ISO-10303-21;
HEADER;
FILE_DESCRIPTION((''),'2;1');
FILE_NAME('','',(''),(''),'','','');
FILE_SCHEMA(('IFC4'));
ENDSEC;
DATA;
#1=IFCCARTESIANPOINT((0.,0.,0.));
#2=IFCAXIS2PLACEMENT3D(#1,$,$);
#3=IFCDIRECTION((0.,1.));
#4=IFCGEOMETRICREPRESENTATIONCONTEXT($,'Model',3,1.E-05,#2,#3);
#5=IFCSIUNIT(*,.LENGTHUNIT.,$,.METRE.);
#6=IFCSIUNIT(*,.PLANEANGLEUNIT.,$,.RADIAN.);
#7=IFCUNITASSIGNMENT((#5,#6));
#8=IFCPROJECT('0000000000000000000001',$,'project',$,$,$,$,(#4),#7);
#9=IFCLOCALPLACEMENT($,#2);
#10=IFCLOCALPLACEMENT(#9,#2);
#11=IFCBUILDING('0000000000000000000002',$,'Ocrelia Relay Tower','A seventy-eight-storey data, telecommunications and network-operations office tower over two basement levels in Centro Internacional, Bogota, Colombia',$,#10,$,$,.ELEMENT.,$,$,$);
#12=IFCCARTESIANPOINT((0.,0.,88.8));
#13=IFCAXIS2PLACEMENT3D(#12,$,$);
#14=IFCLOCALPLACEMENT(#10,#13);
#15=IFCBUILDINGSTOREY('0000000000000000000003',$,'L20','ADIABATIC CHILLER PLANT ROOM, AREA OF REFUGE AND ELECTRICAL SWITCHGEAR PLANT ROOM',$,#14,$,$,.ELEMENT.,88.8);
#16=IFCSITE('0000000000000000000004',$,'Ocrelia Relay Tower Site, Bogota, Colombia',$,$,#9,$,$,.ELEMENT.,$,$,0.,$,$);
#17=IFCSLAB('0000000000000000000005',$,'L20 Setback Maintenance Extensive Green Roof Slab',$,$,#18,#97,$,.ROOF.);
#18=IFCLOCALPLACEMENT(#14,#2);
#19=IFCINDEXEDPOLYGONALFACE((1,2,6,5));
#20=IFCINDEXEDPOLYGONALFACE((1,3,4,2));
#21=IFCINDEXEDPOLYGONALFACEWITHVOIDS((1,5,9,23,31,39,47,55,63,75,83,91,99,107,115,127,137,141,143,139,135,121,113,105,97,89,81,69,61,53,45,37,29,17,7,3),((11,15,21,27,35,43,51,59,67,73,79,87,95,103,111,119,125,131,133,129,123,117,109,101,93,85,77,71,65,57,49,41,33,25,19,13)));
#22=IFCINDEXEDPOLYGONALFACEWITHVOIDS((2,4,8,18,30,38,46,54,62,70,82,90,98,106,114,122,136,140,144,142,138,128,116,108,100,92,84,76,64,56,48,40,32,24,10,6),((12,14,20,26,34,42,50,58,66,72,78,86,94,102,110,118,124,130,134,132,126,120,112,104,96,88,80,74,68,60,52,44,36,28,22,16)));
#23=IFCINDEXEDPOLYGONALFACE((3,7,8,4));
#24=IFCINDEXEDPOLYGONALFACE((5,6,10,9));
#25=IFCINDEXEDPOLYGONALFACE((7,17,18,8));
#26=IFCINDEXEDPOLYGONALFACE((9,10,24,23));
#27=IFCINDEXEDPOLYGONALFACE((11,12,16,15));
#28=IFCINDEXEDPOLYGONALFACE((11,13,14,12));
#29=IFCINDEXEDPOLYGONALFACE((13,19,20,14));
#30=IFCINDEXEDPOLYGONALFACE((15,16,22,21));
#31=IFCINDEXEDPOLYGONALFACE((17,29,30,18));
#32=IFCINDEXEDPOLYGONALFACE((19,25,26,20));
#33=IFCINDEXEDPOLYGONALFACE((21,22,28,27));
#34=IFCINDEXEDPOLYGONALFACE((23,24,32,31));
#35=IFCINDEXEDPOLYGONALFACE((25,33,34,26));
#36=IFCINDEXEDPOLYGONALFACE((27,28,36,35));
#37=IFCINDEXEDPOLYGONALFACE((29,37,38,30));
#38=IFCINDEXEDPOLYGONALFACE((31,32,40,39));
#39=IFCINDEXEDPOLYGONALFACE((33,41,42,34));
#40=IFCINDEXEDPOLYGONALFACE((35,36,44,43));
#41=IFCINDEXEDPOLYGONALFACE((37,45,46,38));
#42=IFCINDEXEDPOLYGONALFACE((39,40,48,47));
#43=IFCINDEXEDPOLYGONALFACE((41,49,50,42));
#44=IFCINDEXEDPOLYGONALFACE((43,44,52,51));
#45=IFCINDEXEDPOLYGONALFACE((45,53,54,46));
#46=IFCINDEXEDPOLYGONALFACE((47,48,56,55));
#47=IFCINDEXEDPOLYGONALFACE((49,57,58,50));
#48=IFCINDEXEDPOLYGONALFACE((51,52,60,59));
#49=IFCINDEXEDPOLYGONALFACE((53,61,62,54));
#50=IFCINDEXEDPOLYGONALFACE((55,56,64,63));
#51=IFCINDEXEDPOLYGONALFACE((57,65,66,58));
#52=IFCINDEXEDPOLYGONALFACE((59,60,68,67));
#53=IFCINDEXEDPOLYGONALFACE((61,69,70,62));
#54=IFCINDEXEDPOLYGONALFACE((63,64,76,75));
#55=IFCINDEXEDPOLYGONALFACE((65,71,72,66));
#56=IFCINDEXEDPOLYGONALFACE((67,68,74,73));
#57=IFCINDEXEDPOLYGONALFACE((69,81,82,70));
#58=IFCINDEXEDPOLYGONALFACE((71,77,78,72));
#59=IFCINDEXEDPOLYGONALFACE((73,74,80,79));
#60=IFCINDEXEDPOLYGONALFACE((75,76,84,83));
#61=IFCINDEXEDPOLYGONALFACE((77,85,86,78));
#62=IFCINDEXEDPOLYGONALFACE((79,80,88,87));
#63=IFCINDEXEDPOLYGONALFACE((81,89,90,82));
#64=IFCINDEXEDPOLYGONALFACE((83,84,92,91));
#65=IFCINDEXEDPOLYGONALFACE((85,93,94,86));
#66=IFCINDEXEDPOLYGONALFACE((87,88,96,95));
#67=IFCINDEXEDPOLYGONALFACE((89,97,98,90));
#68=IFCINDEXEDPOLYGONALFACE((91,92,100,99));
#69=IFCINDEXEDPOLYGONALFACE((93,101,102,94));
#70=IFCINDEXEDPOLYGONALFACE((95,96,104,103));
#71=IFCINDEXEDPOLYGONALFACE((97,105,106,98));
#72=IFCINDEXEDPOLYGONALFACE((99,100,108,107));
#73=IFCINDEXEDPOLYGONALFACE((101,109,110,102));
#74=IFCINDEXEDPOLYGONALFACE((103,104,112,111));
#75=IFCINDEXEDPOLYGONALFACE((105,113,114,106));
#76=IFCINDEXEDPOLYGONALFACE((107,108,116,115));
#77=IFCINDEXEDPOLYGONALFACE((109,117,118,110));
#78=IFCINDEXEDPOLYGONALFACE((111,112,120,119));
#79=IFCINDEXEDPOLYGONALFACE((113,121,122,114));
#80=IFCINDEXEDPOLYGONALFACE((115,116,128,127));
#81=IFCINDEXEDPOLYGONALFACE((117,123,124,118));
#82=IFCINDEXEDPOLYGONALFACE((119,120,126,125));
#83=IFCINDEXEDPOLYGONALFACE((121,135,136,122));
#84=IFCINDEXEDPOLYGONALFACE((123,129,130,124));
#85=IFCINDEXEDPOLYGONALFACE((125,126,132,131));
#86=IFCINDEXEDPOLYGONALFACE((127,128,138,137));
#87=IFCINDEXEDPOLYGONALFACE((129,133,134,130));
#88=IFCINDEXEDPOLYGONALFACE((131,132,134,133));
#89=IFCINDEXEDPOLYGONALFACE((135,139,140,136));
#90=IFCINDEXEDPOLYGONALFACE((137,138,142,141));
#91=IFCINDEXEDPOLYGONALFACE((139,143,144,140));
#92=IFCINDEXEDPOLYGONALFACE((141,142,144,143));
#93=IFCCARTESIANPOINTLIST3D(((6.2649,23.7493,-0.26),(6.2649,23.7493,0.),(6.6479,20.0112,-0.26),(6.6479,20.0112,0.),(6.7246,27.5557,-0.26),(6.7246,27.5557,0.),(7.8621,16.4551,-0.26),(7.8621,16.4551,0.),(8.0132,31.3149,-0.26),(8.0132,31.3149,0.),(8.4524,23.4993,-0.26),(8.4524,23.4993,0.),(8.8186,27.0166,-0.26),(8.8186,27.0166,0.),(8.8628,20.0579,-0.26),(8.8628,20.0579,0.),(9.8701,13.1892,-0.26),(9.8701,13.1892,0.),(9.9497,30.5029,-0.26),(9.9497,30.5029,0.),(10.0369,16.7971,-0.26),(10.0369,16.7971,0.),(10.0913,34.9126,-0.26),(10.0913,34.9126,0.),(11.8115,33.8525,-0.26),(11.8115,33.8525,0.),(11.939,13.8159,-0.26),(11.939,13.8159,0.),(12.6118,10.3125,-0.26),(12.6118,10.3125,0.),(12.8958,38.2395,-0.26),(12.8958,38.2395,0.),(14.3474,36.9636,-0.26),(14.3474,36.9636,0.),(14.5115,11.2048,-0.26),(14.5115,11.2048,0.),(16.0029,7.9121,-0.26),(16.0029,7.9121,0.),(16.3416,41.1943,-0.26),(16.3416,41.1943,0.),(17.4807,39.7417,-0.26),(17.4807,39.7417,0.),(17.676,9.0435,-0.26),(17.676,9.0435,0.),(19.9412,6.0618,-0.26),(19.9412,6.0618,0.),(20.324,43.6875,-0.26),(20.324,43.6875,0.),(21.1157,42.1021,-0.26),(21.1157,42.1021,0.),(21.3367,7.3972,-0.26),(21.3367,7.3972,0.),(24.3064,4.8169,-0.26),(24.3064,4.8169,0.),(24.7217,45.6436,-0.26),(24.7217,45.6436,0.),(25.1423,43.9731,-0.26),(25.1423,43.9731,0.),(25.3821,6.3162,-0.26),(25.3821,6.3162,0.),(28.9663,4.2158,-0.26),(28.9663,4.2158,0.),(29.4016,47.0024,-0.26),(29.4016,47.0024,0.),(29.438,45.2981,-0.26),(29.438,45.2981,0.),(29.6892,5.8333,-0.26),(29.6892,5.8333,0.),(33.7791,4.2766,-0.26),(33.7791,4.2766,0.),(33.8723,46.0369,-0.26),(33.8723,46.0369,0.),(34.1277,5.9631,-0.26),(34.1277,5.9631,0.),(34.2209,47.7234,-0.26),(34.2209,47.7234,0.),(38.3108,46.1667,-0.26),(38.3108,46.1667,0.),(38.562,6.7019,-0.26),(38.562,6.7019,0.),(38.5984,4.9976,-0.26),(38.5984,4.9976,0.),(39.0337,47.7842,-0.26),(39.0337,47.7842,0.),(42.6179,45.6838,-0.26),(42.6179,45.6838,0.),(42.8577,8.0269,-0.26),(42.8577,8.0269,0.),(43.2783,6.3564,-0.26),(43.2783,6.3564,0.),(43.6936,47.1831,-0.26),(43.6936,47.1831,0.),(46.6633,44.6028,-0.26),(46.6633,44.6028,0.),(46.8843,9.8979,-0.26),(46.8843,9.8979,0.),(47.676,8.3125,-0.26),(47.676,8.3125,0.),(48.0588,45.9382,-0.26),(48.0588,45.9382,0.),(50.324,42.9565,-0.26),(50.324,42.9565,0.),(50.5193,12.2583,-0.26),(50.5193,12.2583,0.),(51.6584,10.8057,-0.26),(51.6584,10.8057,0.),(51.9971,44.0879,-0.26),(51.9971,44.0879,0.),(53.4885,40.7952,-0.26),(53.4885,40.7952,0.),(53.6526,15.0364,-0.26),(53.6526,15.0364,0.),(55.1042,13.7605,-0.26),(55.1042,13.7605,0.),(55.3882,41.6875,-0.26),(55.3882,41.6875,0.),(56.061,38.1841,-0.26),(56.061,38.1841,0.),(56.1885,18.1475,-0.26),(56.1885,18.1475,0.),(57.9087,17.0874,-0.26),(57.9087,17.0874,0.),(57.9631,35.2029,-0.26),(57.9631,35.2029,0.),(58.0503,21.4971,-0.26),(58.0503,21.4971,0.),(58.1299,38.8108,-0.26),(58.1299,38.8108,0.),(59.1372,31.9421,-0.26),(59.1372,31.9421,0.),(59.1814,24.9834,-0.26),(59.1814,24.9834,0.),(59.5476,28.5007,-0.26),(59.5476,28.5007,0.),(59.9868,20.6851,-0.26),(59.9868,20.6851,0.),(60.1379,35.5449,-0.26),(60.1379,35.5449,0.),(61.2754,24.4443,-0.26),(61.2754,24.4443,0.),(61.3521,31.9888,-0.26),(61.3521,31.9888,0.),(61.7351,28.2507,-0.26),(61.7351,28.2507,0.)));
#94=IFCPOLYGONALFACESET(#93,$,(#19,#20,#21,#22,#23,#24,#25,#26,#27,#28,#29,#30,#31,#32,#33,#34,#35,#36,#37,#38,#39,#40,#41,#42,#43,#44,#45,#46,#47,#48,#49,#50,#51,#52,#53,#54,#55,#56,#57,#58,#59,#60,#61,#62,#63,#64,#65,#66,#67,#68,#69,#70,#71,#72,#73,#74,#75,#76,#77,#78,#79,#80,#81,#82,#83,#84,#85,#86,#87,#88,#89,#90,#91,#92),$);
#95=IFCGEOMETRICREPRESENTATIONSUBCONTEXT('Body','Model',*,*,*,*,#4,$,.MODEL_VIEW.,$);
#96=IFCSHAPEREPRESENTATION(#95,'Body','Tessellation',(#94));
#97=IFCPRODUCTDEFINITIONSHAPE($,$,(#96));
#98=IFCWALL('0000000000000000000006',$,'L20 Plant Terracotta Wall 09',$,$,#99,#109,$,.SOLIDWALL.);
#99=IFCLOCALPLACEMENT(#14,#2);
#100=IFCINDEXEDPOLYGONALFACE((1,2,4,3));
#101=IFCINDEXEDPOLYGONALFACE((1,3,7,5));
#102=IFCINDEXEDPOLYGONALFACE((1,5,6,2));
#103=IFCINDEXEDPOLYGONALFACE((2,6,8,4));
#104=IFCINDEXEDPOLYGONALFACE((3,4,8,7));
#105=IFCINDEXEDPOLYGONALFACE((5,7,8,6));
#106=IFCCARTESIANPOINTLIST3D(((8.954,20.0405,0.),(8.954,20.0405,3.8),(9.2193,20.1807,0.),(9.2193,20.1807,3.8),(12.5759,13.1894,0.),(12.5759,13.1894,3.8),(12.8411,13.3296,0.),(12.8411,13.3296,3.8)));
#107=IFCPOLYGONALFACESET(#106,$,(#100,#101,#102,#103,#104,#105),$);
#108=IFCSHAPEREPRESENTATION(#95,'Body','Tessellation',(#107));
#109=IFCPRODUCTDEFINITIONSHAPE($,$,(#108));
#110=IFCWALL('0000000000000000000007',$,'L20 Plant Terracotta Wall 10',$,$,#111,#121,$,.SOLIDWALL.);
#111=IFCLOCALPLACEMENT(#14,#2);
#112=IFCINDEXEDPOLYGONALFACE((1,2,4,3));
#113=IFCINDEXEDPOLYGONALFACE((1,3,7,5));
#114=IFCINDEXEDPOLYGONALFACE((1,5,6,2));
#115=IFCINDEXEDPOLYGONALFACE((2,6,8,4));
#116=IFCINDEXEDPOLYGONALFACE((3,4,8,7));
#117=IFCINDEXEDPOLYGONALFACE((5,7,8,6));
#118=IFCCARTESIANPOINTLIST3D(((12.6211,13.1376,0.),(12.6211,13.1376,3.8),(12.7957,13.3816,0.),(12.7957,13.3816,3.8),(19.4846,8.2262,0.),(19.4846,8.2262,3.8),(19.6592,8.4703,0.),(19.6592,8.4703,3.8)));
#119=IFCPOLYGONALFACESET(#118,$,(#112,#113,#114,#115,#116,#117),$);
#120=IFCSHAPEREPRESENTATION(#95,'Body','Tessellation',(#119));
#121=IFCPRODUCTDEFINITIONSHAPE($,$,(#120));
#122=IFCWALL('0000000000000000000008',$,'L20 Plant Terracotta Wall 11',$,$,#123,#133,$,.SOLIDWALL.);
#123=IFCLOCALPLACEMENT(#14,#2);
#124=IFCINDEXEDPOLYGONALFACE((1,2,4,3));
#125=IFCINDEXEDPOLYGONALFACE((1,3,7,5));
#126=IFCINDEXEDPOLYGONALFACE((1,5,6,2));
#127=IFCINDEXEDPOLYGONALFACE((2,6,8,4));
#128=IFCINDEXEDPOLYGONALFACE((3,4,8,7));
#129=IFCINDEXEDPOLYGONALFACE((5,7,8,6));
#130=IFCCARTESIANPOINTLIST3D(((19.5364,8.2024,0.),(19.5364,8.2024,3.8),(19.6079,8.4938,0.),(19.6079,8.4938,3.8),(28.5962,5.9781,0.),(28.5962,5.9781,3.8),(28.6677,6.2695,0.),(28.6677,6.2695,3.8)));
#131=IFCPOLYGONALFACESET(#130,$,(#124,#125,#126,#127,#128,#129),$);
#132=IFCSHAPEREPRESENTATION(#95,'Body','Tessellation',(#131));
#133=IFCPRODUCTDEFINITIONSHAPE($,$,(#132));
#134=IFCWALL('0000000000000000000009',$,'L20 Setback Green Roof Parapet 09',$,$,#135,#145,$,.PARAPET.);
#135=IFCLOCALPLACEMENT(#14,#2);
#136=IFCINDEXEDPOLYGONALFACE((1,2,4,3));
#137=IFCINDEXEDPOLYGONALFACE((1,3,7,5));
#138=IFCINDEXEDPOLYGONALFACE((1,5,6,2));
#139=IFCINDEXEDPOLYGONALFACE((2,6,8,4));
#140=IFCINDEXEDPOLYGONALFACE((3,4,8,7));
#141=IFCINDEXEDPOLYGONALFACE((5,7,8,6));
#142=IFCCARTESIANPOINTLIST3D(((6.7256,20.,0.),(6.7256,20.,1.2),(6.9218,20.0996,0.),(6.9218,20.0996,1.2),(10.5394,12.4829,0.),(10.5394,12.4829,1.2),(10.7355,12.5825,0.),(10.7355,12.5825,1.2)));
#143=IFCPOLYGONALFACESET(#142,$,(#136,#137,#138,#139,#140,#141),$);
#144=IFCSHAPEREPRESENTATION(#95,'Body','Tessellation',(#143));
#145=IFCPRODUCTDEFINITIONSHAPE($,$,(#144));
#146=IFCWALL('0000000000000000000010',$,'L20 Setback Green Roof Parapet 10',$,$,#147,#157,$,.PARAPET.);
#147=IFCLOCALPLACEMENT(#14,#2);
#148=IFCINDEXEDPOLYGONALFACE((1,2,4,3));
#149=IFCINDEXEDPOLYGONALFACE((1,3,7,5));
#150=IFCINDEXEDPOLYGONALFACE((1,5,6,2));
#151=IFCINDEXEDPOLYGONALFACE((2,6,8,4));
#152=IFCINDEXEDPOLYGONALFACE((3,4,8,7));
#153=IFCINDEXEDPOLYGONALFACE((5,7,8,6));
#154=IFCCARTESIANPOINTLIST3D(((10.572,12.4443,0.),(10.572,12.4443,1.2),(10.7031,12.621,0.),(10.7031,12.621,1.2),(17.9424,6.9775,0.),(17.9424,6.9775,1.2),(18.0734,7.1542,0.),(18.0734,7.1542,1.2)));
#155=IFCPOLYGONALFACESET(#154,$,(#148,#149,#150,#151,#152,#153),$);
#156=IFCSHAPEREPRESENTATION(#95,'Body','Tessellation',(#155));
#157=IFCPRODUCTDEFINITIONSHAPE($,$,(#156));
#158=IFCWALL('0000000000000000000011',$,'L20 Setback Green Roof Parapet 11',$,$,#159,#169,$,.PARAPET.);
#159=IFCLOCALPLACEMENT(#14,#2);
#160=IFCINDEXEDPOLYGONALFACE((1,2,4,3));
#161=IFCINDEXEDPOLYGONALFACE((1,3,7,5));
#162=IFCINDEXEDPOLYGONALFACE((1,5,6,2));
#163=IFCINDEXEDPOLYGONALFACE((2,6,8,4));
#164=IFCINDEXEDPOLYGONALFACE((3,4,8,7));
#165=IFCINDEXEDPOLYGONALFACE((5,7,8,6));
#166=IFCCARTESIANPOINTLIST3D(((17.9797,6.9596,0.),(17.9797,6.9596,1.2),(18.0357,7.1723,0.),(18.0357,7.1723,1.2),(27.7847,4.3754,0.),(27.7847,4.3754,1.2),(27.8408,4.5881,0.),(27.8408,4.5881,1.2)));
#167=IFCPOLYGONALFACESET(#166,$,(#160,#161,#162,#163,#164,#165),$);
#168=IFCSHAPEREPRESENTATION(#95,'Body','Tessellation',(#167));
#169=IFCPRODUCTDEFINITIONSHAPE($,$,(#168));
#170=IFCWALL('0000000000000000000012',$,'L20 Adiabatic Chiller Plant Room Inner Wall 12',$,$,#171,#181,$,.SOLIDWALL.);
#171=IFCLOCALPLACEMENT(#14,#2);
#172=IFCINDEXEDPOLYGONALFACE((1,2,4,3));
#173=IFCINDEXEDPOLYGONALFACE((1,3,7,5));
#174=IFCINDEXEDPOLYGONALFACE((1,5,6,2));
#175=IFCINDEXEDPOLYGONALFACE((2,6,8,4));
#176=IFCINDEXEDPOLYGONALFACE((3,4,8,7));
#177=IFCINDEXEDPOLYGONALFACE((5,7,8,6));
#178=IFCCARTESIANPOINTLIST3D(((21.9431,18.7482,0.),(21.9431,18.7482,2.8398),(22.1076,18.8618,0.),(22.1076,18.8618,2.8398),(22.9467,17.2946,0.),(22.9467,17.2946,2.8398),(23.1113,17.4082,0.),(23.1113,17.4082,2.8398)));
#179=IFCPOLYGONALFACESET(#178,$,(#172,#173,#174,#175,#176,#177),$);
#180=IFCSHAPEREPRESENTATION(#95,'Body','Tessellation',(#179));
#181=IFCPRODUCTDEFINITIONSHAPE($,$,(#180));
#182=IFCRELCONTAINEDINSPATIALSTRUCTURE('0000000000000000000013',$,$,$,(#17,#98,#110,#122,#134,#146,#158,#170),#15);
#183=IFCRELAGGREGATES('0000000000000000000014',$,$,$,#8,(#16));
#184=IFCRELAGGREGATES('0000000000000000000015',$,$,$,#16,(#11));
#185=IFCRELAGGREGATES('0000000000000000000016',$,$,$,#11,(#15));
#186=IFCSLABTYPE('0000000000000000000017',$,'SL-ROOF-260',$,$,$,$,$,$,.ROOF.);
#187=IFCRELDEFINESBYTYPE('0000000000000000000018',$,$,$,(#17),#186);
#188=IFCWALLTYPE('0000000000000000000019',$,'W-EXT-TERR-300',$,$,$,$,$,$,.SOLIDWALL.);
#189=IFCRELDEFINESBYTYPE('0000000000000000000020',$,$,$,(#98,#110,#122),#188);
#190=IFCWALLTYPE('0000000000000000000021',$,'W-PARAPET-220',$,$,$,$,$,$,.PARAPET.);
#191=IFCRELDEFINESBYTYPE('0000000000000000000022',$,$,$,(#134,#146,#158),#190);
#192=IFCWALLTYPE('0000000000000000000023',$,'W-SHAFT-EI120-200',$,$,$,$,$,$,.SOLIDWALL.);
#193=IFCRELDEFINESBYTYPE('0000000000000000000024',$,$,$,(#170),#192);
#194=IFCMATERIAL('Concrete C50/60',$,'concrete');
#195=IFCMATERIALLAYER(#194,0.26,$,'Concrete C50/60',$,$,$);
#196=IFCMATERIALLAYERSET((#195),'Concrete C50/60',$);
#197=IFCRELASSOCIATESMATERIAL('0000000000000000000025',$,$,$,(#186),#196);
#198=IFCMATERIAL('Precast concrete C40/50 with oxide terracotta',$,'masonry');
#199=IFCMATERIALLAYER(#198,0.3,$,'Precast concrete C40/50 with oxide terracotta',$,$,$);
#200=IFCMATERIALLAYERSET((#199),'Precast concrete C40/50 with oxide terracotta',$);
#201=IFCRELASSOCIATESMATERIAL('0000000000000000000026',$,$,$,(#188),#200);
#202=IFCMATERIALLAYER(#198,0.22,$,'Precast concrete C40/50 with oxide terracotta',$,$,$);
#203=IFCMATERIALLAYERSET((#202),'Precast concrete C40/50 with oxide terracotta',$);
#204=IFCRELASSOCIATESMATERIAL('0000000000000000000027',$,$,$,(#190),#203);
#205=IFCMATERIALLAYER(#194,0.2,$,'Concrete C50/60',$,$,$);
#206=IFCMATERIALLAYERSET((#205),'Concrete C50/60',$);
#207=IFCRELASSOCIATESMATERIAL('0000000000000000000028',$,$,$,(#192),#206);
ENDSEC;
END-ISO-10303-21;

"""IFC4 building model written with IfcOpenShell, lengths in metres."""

from ifc_helpers import new_model, si_unit, direction, frame, frame_2d, origin, place, context, subcontext, project, spatial, polyline, rectangle, outline, extrude, material, layer, layer_set, type_object, element, save


model = new_model("IFC4")

# Units and contexts
model_context = context("Model", 3, precision=1e-05, world=origin(), true_north=direction((0.0, 1.0)))
body_context = subcontext(model_context, "Body", "Model", "MODEL_VIEW")
ifc_project = project(units=[si_unit("LENGTHUNIT", "METRE"), si_unit("PLANEANGLEUNIT", "RADIAN")], contexts=[model_context])

# Site, building, storey
site_placement = place(None, origin())
site = spatial("IfcSite", under=ifc_project, at=site_placement, Name="Ocrelia Relay Tower Site, Bogota, Colombia", CompositionType="ELEMENT", RefElevation=0.0)
building_placement = place(site_placement, origin())
building = spatial("IfcBuilding", under=site, at=building_placement, Name="Ocrelia Relay Tower", Description="A seventy-eight-storey data, telecommunications and network-operations office tower over two basement levels in Centro Internacional, Bogota, Colombia", CompositionType="ELEMENT")
storey_placement = place(building_placement, frame((0.0, 0.0, 88.8)))
storey = spatial("IfcBuildingStorey", under=building, at=storey_placement, Name="L20", Description="ADIABATIC CHILLER PLANT ROOM, AREA OF REFUGE AND ELECTRICAL SWITCHGEAR PLANT ROOM", CompositionType="ELEMENT", Elevation=88.8)

# Shared definitions
ifc_material_1 = material(Name="Concrete C50/60", Category="concrete")

# Slab
ifc_layer_1 = layer(ifc_material_1, 0.26, Name="Concrete C50/60")
ifc_layer_set_1 = layer_set([ifc_layer_1], Name="Concrete C50/60")
slab_type_1 = type_object("IfcSlabType", Name="SL-ROOF-260", PredefinedType="ROOF", material=ifc_layer_set_1)
slab_1_placement = place(storey_placement, frame((0.0, 0.0, -0.26)))
element("IfcSlab", 1, at=slab_1_placement, inside=storey, type_object=slab_type_1, Name="L20 Setback Maintenance Extensive Green Roof Slab", PredefinedType="ROOF", context=body_context, shape_type="SweptSolid", body=[
    extrude(outline(polyline([(61.3521, 31.9888), (60.1379, 35.5449), (58.1299, 38.8108), (55.3882, 41.6875), (51.9971, 44.0879), (48.0588, 45.9382), (43.6936, 47.1831), (39.0337, 47.7842), (34.2209, 47.7234), (29.4016, 47.0024), (24.7217, 45.6436), (20.324, 43.6875), (16.3416, 41.1943), (12.8958, 38.2395), (10.0913, 34.9126), (8.0132, 31.3149), (6.7246, 27.5557), (6.2649, 23.7493), (6.6479, 20.0112), (7.8621, 16.4551), (9.8701, 13.1892), (12.6118, 10.3125), (16.0029, 7.9121), (19.9412, 6.0618), (24.3064, 4.8169), (28.9663, 4.2158), (33.7791, 4.2766), (38.5984, 4.9976), (43.2783, 6.3564), (47.676, 8.3125), (51.6584, 10.8057), (55.1042, 13.7605), (57.9087, 17.0874), (59.9868, 20.6851), (61.2754, 24.4443), (61.7351, 28.2507), (61.3521, 31.9888)]), holes=[polyline([(59.1372, 31.9421), (57.9631, 35.2029), (56.061, 38.1841), (53.4885, 40.7952), (50.324, 42.9565), (46.6633, 44.6028), (42.6179, 45.6838), (38.3108, 46.1667), (33.8723, 46.0369), (29.438, 45.2981), (25.1423, 43.9731), (21.1157, 42.1021), (17.4807, 39.7417), (14.3474, 36.9636), (11.8115, 33.8525), (9.9497, 30.5029), (8.8186, 27.0166), (8.4524, 23.4993), (8.8628, 20.0579), (10.0369, 16.7971), (11.939, 13.8159), (14.5115, 11.2048), (17.676, 9.0435), (21.3367, 7.3972), (25.3821, 6.3162), (29.6892, 5.8333), (34.1277, 5.9631), (38.562, 6.7019), (42.8577, 8.0269), (46.8843, 9.8979), (50.5193, 12.2583), (53.6526, 15.0364), (56.1885, 18.1475), (58.0503, 21.4971), (59.1814, 24.9834), (59.5476, 28.5007), (59.1372, 31.9421)])]), origin(), (0.0, 0.0, 1.0), 0.26),
])

# Walls
ifc_material_2 = material(Name="Precast concrete C40/50 with oxide terracotta", Category="masonry")
ifc_layer_2 = layer(ifc_material_2, 0.3, Name="Precast concrete C40/50 with oxide terracotta")
ifc_layer_set_2 = layer_set([ifc_layer_2], Name="Precast concrete C40/50 with oxide terracotta")
wall_type_1 = type_object("IfcWallType", Name="W-EXT-TERR-300", PredefinedType="SOLIDWALL", material=ifc_layer_set_2)
wall_1_placement = place(storey_placement, frame((9.0867, 20.1106, 0.0), z_axis=(0.0, 0.0, 1.0), x_axis=(0.467362, -0.884066, 0.0)))
element("IfcWall", 2, at=wall_1_placement, inside=storey, type_object=wall_type_1, Name="L20 Plant Terracotta Wall 09", PredefinedType="SOLIDWALL", context=body_context, shape_type="SweptSolid", body=[
    extrude(rectangle(XDim=7.7495, YDim=0.3, at=frame_2d((3.8748, 0.0))), origin(), (0.0, 0.0, 1.0), 3.8),
])
wall_2_placement = place(storey_placement, frame((12.7085, 13.2595, 0.0), z_axis=(0.0, 0.0, 1.0), x_axis=(0.813237, -0.581933, 0.0)))
element("IfcWall", 3, at=wall_2_placement, inside=storey, type_object=wall_type_1, Name="L20 Plant Terracotta Wall 10", PredefinedType="SOLIDWALL", context=body_context, shape_type="SweptSolid", body=[
    extrude(rectangle(XDim=8.4397, YDim=0.3, at=frame_2d((4.2197, 0.0))), origin(), (0.0, 0.0, 1.0), 3.8),
])
wall_3_placement = place(storey_placement, frame((19.572, 8.3481, 0.0), z_axis=(0.0, 0.0, 1.0), x_axis=(0.971158, -0.238439, 0.0)))
element("IfcWall", 4, at=wall_3_placement, inside=storey, type_object=wall_type_1, Name="L20 Plant Terracotta Wall 11", PredefinedType="SOLIDWALL", context=body_context, shape_type="SweptSolid", body=[
    extrude(rectangle(XDim=9.3289, YDim=0.3, at=frame_2d((4.6646, 0.0))), origin(), (0.0, 0.0, 1.0), 3.8),
])
ifc_layer_3 = layer(ifc_material_2, 0.22, Name="Precast concrete C40/50 with oxide terracotta")
ifc_layer_set_3 = layer_set([ifc_layer_3], Name="Precast concrete C40/50 with oxide terracotta")
wall_type_2 = type_object("IfcWallType", Name="W-PARAPET-220", PredefinedType="PARAPET", material=ifc_layer_set_3)
wall_4_placement = place(storey_placement, frame((6.8237, 20.0498, 0.0), z_axis=(0.0, 0.0, 1.0), x_axis=(0.452443, -0.891794, 0.0)))
element("IfcWall", 5, at=wall_4_placement, inside=storey, type_object=wall_type_2, Name="L20 Setback Green Roof Parapet 09", PredefinedType="PARAPET", context=body_context, shape_type="SweptSolid", body=[
    extrude(rectangle(XDim=8.4292, YDim=0.22, at=frame_2d((4.2146, 0.0))), origin(), (0.0, 0.0, 1.0), 1.2),
])
wall_5_placement = place(storey_placement, frame((10.6375, 12.5327, 0.0), z_axis=(0.0, 0.0, 1.0), x_axis=(0.803178, -0.595739, 0.0)))
element("IfcWall", 6, at=wall_5_placement, inside=storey, type_object=wall_type_2, Name="L20 Setback Green Roof Parapet 10", PredefinedType="PARAPET", context=body_context, shape_type="SweptSolid", body=[
    extrude(rectangle(XDim=9.1765, YDim=0.22, at=frame_2d((4.5884, 0.0))), origin(), (0.0, 0.0, 1.0), 1.2),
])
wall_6_placement = place(storey_placement, frame((18.0078, 7.0659, 0.0), z_axis=(0.0, 0.0, 1.0), x_axis=(0.966979, -0.254855, 0.0)))
element("IfcWall", 7, at=wall_6_placement, inside=storey, type_object=wall_type_2, Name="L20 Setback Green Roof Parapet 11", PredefinedType="PARAPET", context=body_context, shape_type="SweptSolid", body=[
    extrude(rectangle(XDim=10.1399, YDim=0.22, at=frame_2d((5.0698, 0.0))), origin(), (0.0, 0.0, 1.0), 1.2),
])
ifc_layer_4 = layer(ifc_material_1, 0.2, Name="Concrete C50/60")
ifc_layer_set_4 = layer_set([ifc_layer_4], Name="Concrete C50/60")
wall_type_3 = type_object("IfcWallType", Name="W-SHAFT-EI120-200", PredefinedType="SOLIDWALL", material=ifc_layer_set_4)
for number, where, z_axis, x_axis, name in (
    (8, (23.0291, 17.3513, 0.0), (0.0, 0.0, 1.0), (-0.568182, 0.822903, 0.0), "L20 Adiabatic Chiller Plant Room Inner Wall 12"),
):
    element("IfcWall", number, at=place(storey_placement, frame(where, z_axis=z_axis, x_axis=x_axis)), inside=storey, type_object=wall_type_3, Name=name, PredefinedType="SOLIDWALL", context=body_context, shape_type="SweptSolid", body=[
        extrude(rectangle(XDim=1.7664, YDim=0.2, at=frame_2d((0.8833, 0.0))), origin(), (0.0, 0.0, 1.0), 2.8398),
    ])

save(model, "model.ifc")
